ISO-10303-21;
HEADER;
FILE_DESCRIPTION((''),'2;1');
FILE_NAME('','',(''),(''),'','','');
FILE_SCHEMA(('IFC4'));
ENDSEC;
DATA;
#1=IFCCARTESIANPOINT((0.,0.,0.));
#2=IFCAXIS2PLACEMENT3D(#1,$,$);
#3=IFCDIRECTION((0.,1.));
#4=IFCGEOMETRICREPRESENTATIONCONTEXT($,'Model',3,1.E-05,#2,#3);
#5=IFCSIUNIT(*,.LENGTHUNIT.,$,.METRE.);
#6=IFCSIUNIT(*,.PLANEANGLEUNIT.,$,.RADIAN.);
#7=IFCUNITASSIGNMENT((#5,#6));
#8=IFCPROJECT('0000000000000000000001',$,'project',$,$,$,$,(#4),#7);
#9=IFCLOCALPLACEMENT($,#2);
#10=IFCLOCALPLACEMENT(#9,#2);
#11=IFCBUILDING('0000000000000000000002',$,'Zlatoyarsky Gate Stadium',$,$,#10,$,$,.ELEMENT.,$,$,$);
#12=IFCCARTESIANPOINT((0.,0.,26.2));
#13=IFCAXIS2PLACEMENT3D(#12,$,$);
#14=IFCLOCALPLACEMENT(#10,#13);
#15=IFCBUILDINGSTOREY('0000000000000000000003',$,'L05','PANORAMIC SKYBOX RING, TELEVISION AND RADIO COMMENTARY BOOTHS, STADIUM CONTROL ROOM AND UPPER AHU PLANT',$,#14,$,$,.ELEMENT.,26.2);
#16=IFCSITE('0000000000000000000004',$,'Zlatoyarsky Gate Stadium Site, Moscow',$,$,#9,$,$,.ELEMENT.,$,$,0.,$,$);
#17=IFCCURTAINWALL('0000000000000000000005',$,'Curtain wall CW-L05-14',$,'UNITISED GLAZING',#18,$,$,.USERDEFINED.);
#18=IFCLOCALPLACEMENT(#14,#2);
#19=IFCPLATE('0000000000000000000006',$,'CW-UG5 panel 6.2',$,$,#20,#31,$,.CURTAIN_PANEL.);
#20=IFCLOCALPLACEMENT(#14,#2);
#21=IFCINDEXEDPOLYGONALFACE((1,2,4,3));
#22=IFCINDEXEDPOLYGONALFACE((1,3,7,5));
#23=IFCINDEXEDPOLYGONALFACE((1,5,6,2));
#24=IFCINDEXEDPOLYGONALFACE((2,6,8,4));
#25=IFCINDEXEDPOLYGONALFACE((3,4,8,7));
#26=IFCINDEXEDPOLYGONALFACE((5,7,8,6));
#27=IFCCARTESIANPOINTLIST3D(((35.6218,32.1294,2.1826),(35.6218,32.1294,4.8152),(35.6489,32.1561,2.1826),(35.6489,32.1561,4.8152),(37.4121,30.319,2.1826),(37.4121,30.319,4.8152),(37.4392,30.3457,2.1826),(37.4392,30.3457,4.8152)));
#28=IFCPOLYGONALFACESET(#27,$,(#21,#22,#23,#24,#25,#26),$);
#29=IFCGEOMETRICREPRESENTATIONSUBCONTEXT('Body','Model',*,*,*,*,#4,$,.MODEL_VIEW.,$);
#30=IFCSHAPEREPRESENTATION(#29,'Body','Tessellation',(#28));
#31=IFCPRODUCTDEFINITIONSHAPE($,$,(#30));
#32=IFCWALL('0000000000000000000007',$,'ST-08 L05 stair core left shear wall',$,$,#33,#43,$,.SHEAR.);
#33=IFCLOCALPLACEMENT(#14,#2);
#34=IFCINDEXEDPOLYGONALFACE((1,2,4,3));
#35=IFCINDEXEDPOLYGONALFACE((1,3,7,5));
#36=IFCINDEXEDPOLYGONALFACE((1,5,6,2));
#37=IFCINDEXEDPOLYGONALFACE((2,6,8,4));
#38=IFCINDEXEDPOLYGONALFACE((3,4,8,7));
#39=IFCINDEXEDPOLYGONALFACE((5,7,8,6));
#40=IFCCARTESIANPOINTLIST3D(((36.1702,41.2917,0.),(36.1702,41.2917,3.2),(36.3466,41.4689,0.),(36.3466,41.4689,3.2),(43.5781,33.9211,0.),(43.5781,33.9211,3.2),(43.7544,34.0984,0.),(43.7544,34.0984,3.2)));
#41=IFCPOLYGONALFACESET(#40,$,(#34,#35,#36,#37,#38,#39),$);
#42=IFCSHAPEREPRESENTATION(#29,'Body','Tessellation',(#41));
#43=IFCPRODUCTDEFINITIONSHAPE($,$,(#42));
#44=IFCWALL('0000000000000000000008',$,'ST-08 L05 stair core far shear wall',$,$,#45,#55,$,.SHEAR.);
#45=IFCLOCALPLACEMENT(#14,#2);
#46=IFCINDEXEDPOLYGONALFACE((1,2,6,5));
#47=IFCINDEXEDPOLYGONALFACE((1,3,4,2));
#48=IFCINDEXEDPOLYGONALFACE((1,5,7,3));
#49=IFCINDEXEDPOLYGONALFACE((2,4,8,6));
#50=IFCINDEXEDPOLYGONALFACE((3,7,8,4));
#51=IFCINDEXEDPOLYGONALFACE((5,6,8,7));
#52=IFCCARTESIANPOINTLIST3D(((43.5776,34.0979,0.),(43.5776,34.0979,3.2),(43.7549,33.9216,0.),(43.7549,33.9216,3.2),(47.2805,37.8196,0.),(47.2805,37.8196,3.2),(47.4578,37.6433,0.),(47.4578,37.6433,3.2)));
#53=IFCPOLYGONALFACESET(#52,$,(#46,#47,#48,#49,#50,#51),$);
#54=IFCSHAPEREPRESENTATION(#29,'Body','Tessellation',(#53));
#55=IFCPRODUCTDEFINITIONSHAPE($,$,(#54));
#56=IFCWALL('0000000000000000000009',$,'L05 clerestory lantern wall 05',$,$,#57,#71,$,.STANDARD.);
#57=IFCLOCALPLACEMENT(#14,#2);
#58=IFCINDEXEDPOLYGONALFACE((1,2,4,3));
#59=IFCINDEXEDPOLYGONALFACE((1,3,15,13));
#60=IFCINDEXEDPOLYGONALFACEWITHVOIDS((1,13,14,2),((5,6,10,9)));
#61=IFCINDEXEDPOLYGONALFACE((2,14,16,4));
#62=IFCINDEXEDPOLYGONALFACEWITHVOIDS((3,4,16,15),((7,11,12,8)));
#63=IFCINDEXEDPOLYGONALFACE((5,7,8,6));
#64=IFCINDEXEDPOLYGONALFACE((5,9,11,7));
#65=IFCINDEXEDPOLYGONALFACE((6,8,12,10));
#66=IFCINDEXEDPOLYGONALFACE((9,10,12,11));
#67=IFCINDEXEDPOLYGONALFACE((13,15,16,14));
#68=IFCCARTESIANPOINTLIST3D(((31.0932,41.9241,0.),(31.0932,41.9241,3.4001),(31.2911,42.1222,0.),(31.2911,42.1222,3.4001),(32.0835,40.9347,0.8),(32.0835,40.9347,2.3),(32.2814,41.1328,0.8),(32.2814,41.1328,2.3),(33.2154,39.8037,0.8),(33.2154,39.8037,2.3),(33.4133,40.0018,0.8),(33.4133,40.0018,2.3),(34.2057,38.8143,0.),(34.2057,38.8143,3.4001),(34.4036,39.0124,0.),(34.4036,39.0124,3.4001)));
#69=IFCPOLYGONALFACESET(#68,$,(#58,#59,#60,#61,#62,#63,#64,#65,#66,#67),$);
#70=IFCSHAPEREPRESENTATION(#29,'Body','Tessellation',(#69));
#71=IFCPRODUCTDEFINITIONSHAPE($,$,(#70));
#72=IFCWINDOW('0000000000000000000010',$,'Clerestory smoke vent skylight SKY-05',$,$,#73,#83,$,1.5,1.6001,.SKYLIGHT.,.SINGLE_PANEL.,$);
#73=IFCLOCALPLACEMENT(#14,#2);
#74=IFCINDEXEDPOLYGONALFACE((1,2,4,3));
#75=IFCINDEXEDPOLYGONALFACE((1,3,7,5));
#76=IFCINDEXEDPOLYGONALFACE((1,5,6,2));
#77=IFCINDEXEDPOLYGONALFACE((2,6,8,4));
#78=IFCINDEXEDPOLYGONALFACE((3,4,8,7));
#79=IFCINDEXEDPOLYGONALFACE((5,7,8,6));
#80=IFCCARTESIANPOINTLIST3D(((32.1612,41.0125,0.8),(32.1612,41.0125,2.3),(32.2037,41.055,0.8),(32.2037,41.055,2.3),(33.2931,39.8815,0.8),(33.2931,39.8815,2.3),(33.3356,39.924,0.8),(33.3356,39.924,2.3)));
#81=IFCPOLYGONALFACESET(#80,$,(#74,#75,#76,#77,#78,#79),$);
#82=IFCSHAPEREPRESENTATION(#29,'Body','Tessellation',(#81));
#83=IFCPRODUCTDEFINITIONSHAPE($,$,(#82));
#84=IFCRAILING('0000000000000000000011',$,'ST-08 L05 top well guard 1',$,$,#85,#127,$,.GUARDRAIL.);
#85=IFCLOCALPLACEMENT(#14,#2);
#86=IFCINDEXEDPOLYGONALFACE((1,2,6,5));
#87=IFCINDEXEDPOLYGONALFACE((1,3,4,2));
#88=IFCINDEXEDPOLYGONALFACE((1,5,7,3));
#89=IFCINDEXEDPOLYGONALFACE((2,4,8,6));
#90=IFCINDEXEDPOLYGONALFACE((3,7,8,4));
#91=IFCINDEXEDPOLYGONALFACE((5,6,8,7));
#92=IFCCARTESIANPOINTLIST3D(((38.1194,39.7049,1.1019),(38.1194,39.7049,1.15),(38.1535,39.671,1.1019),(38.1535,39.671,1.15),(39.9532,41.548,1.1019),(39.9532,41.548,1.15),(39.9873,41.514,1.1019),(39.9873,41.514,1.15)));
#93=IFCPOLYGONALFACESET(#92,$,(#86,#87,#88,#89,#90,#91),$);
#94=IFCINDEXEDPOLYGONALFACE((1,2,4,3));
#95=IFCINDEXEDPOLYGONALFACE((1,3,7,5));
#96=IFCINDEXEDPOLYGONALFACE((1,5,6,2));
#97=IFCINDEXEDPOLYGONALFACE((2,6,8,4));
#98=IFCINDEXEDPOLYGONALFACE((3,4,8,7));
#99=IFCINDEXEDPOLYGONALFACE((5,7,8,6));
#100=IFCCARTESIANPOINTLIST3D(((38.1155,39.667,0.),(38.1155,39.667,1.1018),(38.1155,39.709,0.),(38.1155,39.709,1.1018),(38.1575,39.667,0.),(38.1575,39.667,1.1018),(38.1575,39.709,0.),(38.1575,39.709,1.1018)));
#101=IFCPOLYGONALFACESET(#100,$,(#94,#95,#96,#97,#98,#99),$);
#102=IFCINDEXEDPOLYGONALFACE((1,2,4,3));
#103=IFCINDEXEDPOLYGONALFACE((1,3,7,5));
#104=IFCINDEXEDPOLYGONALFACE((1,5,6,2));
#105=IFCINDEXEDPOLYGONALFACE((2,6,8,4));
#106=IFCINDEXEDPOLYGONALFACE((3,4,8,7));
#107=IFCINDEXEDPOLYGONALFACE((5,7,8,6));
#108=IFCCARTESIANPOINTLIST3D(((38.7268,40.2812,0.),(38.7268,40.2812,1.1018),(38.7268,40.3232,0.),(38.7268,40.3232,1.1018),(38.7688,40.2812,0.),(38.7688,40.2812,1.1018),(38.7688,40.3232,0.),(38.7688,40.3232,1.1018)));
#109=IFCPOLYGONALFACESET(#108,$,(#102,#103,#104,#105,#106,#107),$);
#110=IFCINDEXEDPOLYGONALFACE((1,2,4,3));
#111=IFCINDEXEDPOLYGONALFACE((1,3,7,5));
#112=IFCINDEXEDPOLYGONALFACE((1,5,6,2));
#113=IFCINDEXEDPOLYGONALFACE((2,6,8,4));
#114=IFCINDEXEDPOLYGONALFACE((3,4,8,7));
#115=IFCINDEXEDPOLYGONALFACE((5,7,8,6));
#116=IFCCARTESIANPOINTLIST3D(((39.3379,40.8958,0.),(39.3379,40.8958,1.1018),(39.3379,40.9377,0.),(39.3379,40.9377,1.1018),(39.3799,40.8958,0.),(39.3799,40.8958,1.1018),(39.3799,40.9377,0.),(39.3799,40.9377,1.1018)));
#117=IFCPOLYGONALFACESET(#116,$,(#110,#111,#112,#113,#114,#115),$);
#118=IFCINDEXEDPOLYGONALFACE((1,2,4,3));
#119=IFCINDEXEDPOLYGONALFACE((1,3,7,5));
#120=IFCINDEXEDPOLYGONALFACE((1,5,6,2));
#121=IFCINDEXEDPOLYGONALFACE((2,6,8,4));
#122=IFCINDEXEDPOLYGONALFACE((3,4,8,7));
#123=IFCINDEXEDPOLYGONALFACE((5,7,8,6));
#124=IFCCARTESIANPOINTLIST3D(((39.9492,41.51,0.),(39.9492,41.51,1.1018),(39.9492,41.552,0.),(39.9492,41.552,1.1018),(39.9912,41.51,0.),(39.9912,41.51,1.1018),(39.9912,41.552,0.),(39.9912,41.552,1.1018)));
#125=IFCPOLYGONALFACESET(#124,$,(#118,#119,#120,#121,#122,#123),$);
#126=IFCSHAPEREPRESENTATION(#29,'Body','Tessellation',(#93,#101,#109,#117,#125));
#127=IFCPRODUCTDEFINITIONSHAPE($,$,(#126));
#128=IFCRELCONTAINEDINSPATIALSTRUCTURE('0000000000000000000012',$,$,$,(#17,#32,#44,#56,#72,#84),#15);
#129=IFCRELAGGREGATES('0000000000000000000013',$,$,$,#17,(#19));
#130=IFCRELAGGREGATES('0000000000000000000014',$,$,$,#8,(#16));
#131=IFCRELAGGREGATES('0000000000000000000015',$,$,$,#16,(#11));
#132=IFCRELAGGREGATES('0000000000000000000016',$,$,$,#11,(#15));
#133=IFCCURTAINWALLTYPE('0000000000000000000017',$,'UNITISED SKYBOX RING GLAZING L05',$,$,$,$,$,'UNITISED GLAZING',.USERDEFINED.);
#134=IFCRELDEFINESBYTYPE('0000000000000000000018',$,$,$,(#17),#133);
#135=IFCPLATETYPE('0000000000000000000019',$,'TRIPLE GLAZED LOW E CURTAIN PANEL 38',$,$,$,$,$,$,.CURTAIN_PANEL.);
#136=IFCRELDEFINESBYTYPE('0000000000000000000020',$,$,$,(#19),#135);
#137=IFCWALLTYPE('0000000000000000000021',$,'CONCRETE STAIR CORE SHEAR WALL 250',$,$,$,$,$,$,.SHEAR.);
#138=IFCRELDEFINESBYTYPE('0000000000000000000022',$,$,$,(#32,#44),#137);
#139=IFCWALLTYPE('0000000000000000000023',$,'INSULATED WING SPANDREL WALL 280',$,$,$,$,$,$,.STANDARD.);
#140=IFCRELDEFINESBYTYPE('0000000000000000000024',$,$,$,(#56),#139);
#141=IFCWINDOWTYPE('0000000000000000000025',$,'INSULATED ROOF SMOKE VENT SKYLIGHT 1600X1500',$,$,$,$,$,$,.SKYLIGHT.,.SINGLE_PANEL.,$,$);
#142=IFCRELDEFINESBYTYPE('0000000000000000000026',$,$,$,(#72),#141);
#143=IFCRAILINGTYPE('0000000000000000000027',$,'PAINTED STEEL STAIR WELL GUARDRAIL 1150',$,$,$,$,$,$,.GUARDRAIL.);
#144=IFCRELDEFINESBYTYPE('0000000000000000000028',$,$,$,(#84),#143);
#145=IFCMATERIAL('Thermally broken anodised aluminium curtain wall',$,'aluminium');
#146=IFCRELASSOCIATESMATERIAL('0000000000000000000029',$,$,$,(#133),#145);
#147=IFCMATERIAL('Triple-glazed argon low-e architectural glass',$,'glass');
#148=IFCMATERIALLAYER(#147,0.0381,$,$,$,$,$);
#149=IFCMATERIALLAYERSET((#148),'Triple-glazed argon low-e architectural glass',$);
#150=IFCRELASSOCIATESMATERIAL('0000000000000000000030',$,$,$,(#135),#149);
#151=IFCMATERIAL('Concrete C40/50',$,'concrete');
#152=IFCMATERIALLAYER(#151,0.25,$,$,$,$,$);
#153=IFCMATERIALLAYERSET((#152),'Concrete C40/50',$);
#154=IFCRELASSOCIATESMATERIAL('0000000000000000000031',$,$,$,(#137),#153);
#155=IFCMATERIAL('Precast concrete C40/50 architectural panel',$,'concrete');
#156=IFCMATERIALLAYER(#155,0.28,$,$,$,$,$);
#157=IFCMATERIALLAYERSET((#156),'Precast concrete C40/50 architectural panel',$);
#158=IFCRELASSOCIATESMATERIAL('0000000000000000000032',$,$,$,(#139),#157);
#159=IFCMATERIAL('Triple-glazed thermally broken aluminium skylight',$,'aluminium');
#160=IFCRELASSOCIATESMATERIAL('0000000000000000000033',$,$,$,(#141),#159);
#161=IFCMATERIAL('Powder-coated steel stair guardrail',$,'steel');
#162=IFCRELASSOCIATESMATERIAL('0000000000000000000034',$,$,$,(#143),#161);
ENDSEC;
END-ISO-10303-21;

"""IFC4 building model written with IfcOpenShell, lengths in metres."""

from ifc_helpers import new_model, si_unit, direction, frame, frame_2d, origin, origin_2d, place, context, subcontext, project, spatial, rectangle, extrude, material, layer, layer_set, type_object, element, fill, aggregate, save


model = new_model("IFC4")

# Units and contexts
model_context = context("Model", 3, precision=1e-05, world=origin(), true_north=direction((0.0, 1.0)))
body_context = subcontext(model_context, "Body", "Model", "MODEL_VIEW")
ifc_project = project(units=[si_unit("LENGTHUNIT", "METRE"), si_unit("PLANEANGLEUNIT", "RADIAN")], contexts=[model_context])

# Site, building, storey
site_placement = place(None, origin())
site = spatial("IfcSite", under=ifc_project, at=site_placement, Name="Zlatoyarsky Gate Stadium Site, Moscow", CompositionType="ELEMENT", RefElevation=0.0)
building_placement = place(site_placement, origin())
building = spatial("IfcBuilding", under=site, at=building_placement, Name="Zlatoyarsky Gate Stadium", CompositionType="ELEMENT")
storey_placement = place(building_placement, frame((0.0, 0.0, 26.2)))
storey = spatial("IfcBuildingStorey", under=building, at=storey_placement, Name="L05", Description="PANORAMIC SKYBOX RING, TELEVISION AND RADIO COMMENTARY BOOTHS, STADIUM CONTROL ROOM AND UPPER AHU PLANT", CompositionType="ELEMENT", Elevation=26.2)

# Curtain wall
ifc_material_1 = material(Name="Thermally broken anodised aluminium curtain wall", Category="aluminium")
curtain_wall_type = type_object("IfcCurtainWallType", Name="UNITISED SKYBOX RING GLAZING L05", ElementType="UNITISED GLAZING", PredefinedType="USERDEFINED", material=ifc_material_1)
curtain_wall_placement = place(storey_placement, origin())
curtain_wall = element("IfcCurtainWall", 1, at=curtain_wall_placement, inside=storey, type_object=curtain_wall_type, Name="Curtain wall CW-L05-14", ObjectType="UNITISED GLAZING", PredefinedType="USERDEFINED")

# Plate
ifc_material_2 = material(Name="Triple-glazed argon low-e architectural glass", Category="glass")
ifc_layer_1 = layer(ifc_material_2, 0.0381)
ifc_layer_set_1 = layer_set([ifc_layer_1], Name="Triple-glazed argon low-e architectural glass")
plate_type_1 = type_object("IfcPlateType", Name="TRIPLE GLAZED LOW E CURTAIN PANEL 38", PredefinedType="CURTAIN_PANEL", material=ifc_layer_set_1)
plate_1_placement = place(storey_placement, frame((36.5305, 31.2375, 2.1826), z_axis=(0.0, 0.0, 1.0), x_axis=(0.703156, -0.711036, 0.0)))
plate_1 = element("IfcPlate", 2, at=plate_1_placement, type_object=plate_type_1, Name="CW-UG5 panel 6.2", PredefinedType="CURTAIN_PANEL", context=body_context, shape_type="SweptSolid", body=[
    extrude(rectangle(XDim=2.5461, YDim=0.0381, at=origin_2d()), origin(), (0.0, 0.0, 1.0), 2.6326),
])
aggregate(curtain_wall, [plate_1])

# Walls
ifc_material_3 = material(Name="Concrete C40/50", Category="concrete")
ifc_layer_2 = layer(ifc_material_3, 0.25)
ifc_layer_set_2 = layer_set([ifc_layer_2], Name="Concrete C40/50")
wall_type_1 = type_object("IfcWallType", Name="CONCRETE STAIR CORE SHEAR WALL 250", PredefinedType="SHEAR", material=ifc_layer_set_2)
wall_1_placement = place(storey_placement, frame((36.2583, 41.3804, 0.0), z_axis=(0.0, 0.0, 1.0), x_axis=(0.708892, -0.705317, 0.0)))
element("IfcWall", 3, at=wall_1_placement, inside=storey, type_object=wall_type_1, Name="ST-08 L05 stair core left shear wall", PredefinedType="SHEAR", context=body_context, shape_type="SweptSolid", body=[
    extrude(rectangle(XDim=10.45, YDim=0.25, at=frame_2d((5.2251, 0.0))), origin(), (0.0, 0.0, 1.0), 3.2),
])
wall_2_placement = place(storey_placement, frame((43.6663, 34.0098, 0.0), z_axis=(0.0, 0.0, 1.0), x_axis=(0.705314, 0.708895, 0.0)))
element("IfcWall", 4, at=wall_2_placement, inside=storey, type_object=wall_type_1, Name="ST-08 L05 stair core far shear wall", PredefinedType="SHEAR", context=body_context, shape_type="SweptSolid", body=[
    extrude(rectangle(XDim=5.25, YDim=0.25, at=frame_2d((2.625, 0.0))), origin(), (0.0, 0.0, 1.0), 3.2),
])

# Wall, opening, window
ifc_material_4 = material(Name="Precast concrete C40/50 architectural panel", Category="concrete")
ifc_layer_3 = layer(ifc_material_4, 0.28)
ifc_layer_set_3 = layer_set([ifc_layer_3], Name="Precast concrete C40/50 architectural panel")
wall_type_2 = type_object("IfcWallType", Name="INSULATED WING SPANDREL WALL 280", PredefinedType="STANDARD", material=ifc_layer_set_3)
wall_3_placement = place(storey_placement, frame((31.1921, 42.0232, 0.0), z_axis=(0.0, 0.0, 1.0), x_axis=(0.707412, -0.706802, 0.0)))
wall_3 = element("IfcWall", 5, at=wall_3_placement, inside=storey, type_object=wall_type_2, Name="L05 clerestory lantern wall 05", PredefinedType="STANDARD", context=body_context, shape_type="SweptSolid", body=[
    extrude(rectangle(XDim=4.3999, YDim=0.28, at=frame_2d((2.2, 0.0))), origin(), (0.0, 0.0, 1.0), 3.4001),
])
opening_placement = place(wall_3_placement, frame((1.3999, 0.0, 0.8)))
opening = element("IfcOpeningElement", 6, at=opening_placement, cuts=wall_3, PredefinedType="OPENING", context=body_context, shape_type="SweptSolid", body=[
    extrude(rectangle(XDim=1.6001, YDim=1.5, at=frame_2d((0.8, 0.75))), frame((0.0, 0.1499, 0.0), z_axis=(0.0, -1.0, 0.0), x_axis=(1.0, 0.0, 0.0)), (0.0, 0.0, 1.0), 0.3),
])
ifc_material_5 = material(Name="Triple-glazed thermally broken aluminium skylight", Category="aluminium")
window_type = type_object("IfcWindowType", Name="INSULATED ROOF SMOKE VENT SKYLIGHT 1600X1500", PartitioningType="SINGLE_PANEL", PredefinedType="SKYLIGHT", material=ifc_material_5)
window_placement = place(opening_placement, origin())
window = element("IfcWindow", 7, at=window_placement, inside=storey, type_object=window_type, Name="Clerestory smoke vent skylight SKY-05", OverallHeight=1.5, OverallWidth=1.6001, PartitioningType="SINGLE_PANEL", PredefinedType="SKYLIGHT", context=body_context, shape_type="SweptSolid", body=[
    extrude(rectangle(XDim=1.6001, YDim=1.5, at=frame_2d((0.8, 0.75))), frame((0.0, 0.03, 0.0), z_axis=(0.0, -1.0, 0.0), x_axis=(1.0, 0.0, 0.0)), (0.0, 0.0, 1.0), 0.0601),
])
fill(opening, window)

# Railing
ifc_material_6 = material(Name="Powder-coated steel stair guardrail", Category="steel")
railing_type = type_object("IfcRailingType", Name="PAINTED STEEL STAIR WELL GUARDRAIL 1150", PredefinedType="GUARDRAIL", material=ifc_material_6)
railing_placement = place(storey_placement, frame((38.1365, 39.688, 0.0)))
element("IfcRailing", 8, at=railing_placement, inside=storey, type_object=railing_type, Name="ST-08 L05 top well guard 1", PredefinedType="GUARDRAIL", context=body_context, shape_type="SweptSolid", body=[
    extrude(rectangle(XDim=0.0481, YDim=0.0481, at=origin_2d()), frame((0.0, 0.0, 1.126), z_axis=(0.70532, 0.708889, 0.0), x_axis=(-0.708889, 0.70532, 0.0)), (0.0, 0.0, 1.0), 2.5999),
    extrude(rectangle(XDim=0.042, YDim=0.042, at=origin_2d()), origin(), (0.0, 0.0, 1.0), 1.1018),
    extrude(rectangle(XDim=0.042, YDim=0.042, at=origin_2d()), frame((0.6113, 0.6143, 0.0)), (0.0, 0.0, 1.0), 1.1018),
    extrude(rectangle(XDim=0.042, YDim=0.042, at=origin_2d()), frame((1.2224, 1.2288, 0.0)), (0.0, 0.0, 1.0), 1.1018),
    extrude(rectangle(XDim=0.042, YDim=0.042, at=origin_2d()), frame((1.8337, 1.843, 0.0)), (0.0, 0.0, 1.0), 1.1018),
])

save(model, "model.ifc")
